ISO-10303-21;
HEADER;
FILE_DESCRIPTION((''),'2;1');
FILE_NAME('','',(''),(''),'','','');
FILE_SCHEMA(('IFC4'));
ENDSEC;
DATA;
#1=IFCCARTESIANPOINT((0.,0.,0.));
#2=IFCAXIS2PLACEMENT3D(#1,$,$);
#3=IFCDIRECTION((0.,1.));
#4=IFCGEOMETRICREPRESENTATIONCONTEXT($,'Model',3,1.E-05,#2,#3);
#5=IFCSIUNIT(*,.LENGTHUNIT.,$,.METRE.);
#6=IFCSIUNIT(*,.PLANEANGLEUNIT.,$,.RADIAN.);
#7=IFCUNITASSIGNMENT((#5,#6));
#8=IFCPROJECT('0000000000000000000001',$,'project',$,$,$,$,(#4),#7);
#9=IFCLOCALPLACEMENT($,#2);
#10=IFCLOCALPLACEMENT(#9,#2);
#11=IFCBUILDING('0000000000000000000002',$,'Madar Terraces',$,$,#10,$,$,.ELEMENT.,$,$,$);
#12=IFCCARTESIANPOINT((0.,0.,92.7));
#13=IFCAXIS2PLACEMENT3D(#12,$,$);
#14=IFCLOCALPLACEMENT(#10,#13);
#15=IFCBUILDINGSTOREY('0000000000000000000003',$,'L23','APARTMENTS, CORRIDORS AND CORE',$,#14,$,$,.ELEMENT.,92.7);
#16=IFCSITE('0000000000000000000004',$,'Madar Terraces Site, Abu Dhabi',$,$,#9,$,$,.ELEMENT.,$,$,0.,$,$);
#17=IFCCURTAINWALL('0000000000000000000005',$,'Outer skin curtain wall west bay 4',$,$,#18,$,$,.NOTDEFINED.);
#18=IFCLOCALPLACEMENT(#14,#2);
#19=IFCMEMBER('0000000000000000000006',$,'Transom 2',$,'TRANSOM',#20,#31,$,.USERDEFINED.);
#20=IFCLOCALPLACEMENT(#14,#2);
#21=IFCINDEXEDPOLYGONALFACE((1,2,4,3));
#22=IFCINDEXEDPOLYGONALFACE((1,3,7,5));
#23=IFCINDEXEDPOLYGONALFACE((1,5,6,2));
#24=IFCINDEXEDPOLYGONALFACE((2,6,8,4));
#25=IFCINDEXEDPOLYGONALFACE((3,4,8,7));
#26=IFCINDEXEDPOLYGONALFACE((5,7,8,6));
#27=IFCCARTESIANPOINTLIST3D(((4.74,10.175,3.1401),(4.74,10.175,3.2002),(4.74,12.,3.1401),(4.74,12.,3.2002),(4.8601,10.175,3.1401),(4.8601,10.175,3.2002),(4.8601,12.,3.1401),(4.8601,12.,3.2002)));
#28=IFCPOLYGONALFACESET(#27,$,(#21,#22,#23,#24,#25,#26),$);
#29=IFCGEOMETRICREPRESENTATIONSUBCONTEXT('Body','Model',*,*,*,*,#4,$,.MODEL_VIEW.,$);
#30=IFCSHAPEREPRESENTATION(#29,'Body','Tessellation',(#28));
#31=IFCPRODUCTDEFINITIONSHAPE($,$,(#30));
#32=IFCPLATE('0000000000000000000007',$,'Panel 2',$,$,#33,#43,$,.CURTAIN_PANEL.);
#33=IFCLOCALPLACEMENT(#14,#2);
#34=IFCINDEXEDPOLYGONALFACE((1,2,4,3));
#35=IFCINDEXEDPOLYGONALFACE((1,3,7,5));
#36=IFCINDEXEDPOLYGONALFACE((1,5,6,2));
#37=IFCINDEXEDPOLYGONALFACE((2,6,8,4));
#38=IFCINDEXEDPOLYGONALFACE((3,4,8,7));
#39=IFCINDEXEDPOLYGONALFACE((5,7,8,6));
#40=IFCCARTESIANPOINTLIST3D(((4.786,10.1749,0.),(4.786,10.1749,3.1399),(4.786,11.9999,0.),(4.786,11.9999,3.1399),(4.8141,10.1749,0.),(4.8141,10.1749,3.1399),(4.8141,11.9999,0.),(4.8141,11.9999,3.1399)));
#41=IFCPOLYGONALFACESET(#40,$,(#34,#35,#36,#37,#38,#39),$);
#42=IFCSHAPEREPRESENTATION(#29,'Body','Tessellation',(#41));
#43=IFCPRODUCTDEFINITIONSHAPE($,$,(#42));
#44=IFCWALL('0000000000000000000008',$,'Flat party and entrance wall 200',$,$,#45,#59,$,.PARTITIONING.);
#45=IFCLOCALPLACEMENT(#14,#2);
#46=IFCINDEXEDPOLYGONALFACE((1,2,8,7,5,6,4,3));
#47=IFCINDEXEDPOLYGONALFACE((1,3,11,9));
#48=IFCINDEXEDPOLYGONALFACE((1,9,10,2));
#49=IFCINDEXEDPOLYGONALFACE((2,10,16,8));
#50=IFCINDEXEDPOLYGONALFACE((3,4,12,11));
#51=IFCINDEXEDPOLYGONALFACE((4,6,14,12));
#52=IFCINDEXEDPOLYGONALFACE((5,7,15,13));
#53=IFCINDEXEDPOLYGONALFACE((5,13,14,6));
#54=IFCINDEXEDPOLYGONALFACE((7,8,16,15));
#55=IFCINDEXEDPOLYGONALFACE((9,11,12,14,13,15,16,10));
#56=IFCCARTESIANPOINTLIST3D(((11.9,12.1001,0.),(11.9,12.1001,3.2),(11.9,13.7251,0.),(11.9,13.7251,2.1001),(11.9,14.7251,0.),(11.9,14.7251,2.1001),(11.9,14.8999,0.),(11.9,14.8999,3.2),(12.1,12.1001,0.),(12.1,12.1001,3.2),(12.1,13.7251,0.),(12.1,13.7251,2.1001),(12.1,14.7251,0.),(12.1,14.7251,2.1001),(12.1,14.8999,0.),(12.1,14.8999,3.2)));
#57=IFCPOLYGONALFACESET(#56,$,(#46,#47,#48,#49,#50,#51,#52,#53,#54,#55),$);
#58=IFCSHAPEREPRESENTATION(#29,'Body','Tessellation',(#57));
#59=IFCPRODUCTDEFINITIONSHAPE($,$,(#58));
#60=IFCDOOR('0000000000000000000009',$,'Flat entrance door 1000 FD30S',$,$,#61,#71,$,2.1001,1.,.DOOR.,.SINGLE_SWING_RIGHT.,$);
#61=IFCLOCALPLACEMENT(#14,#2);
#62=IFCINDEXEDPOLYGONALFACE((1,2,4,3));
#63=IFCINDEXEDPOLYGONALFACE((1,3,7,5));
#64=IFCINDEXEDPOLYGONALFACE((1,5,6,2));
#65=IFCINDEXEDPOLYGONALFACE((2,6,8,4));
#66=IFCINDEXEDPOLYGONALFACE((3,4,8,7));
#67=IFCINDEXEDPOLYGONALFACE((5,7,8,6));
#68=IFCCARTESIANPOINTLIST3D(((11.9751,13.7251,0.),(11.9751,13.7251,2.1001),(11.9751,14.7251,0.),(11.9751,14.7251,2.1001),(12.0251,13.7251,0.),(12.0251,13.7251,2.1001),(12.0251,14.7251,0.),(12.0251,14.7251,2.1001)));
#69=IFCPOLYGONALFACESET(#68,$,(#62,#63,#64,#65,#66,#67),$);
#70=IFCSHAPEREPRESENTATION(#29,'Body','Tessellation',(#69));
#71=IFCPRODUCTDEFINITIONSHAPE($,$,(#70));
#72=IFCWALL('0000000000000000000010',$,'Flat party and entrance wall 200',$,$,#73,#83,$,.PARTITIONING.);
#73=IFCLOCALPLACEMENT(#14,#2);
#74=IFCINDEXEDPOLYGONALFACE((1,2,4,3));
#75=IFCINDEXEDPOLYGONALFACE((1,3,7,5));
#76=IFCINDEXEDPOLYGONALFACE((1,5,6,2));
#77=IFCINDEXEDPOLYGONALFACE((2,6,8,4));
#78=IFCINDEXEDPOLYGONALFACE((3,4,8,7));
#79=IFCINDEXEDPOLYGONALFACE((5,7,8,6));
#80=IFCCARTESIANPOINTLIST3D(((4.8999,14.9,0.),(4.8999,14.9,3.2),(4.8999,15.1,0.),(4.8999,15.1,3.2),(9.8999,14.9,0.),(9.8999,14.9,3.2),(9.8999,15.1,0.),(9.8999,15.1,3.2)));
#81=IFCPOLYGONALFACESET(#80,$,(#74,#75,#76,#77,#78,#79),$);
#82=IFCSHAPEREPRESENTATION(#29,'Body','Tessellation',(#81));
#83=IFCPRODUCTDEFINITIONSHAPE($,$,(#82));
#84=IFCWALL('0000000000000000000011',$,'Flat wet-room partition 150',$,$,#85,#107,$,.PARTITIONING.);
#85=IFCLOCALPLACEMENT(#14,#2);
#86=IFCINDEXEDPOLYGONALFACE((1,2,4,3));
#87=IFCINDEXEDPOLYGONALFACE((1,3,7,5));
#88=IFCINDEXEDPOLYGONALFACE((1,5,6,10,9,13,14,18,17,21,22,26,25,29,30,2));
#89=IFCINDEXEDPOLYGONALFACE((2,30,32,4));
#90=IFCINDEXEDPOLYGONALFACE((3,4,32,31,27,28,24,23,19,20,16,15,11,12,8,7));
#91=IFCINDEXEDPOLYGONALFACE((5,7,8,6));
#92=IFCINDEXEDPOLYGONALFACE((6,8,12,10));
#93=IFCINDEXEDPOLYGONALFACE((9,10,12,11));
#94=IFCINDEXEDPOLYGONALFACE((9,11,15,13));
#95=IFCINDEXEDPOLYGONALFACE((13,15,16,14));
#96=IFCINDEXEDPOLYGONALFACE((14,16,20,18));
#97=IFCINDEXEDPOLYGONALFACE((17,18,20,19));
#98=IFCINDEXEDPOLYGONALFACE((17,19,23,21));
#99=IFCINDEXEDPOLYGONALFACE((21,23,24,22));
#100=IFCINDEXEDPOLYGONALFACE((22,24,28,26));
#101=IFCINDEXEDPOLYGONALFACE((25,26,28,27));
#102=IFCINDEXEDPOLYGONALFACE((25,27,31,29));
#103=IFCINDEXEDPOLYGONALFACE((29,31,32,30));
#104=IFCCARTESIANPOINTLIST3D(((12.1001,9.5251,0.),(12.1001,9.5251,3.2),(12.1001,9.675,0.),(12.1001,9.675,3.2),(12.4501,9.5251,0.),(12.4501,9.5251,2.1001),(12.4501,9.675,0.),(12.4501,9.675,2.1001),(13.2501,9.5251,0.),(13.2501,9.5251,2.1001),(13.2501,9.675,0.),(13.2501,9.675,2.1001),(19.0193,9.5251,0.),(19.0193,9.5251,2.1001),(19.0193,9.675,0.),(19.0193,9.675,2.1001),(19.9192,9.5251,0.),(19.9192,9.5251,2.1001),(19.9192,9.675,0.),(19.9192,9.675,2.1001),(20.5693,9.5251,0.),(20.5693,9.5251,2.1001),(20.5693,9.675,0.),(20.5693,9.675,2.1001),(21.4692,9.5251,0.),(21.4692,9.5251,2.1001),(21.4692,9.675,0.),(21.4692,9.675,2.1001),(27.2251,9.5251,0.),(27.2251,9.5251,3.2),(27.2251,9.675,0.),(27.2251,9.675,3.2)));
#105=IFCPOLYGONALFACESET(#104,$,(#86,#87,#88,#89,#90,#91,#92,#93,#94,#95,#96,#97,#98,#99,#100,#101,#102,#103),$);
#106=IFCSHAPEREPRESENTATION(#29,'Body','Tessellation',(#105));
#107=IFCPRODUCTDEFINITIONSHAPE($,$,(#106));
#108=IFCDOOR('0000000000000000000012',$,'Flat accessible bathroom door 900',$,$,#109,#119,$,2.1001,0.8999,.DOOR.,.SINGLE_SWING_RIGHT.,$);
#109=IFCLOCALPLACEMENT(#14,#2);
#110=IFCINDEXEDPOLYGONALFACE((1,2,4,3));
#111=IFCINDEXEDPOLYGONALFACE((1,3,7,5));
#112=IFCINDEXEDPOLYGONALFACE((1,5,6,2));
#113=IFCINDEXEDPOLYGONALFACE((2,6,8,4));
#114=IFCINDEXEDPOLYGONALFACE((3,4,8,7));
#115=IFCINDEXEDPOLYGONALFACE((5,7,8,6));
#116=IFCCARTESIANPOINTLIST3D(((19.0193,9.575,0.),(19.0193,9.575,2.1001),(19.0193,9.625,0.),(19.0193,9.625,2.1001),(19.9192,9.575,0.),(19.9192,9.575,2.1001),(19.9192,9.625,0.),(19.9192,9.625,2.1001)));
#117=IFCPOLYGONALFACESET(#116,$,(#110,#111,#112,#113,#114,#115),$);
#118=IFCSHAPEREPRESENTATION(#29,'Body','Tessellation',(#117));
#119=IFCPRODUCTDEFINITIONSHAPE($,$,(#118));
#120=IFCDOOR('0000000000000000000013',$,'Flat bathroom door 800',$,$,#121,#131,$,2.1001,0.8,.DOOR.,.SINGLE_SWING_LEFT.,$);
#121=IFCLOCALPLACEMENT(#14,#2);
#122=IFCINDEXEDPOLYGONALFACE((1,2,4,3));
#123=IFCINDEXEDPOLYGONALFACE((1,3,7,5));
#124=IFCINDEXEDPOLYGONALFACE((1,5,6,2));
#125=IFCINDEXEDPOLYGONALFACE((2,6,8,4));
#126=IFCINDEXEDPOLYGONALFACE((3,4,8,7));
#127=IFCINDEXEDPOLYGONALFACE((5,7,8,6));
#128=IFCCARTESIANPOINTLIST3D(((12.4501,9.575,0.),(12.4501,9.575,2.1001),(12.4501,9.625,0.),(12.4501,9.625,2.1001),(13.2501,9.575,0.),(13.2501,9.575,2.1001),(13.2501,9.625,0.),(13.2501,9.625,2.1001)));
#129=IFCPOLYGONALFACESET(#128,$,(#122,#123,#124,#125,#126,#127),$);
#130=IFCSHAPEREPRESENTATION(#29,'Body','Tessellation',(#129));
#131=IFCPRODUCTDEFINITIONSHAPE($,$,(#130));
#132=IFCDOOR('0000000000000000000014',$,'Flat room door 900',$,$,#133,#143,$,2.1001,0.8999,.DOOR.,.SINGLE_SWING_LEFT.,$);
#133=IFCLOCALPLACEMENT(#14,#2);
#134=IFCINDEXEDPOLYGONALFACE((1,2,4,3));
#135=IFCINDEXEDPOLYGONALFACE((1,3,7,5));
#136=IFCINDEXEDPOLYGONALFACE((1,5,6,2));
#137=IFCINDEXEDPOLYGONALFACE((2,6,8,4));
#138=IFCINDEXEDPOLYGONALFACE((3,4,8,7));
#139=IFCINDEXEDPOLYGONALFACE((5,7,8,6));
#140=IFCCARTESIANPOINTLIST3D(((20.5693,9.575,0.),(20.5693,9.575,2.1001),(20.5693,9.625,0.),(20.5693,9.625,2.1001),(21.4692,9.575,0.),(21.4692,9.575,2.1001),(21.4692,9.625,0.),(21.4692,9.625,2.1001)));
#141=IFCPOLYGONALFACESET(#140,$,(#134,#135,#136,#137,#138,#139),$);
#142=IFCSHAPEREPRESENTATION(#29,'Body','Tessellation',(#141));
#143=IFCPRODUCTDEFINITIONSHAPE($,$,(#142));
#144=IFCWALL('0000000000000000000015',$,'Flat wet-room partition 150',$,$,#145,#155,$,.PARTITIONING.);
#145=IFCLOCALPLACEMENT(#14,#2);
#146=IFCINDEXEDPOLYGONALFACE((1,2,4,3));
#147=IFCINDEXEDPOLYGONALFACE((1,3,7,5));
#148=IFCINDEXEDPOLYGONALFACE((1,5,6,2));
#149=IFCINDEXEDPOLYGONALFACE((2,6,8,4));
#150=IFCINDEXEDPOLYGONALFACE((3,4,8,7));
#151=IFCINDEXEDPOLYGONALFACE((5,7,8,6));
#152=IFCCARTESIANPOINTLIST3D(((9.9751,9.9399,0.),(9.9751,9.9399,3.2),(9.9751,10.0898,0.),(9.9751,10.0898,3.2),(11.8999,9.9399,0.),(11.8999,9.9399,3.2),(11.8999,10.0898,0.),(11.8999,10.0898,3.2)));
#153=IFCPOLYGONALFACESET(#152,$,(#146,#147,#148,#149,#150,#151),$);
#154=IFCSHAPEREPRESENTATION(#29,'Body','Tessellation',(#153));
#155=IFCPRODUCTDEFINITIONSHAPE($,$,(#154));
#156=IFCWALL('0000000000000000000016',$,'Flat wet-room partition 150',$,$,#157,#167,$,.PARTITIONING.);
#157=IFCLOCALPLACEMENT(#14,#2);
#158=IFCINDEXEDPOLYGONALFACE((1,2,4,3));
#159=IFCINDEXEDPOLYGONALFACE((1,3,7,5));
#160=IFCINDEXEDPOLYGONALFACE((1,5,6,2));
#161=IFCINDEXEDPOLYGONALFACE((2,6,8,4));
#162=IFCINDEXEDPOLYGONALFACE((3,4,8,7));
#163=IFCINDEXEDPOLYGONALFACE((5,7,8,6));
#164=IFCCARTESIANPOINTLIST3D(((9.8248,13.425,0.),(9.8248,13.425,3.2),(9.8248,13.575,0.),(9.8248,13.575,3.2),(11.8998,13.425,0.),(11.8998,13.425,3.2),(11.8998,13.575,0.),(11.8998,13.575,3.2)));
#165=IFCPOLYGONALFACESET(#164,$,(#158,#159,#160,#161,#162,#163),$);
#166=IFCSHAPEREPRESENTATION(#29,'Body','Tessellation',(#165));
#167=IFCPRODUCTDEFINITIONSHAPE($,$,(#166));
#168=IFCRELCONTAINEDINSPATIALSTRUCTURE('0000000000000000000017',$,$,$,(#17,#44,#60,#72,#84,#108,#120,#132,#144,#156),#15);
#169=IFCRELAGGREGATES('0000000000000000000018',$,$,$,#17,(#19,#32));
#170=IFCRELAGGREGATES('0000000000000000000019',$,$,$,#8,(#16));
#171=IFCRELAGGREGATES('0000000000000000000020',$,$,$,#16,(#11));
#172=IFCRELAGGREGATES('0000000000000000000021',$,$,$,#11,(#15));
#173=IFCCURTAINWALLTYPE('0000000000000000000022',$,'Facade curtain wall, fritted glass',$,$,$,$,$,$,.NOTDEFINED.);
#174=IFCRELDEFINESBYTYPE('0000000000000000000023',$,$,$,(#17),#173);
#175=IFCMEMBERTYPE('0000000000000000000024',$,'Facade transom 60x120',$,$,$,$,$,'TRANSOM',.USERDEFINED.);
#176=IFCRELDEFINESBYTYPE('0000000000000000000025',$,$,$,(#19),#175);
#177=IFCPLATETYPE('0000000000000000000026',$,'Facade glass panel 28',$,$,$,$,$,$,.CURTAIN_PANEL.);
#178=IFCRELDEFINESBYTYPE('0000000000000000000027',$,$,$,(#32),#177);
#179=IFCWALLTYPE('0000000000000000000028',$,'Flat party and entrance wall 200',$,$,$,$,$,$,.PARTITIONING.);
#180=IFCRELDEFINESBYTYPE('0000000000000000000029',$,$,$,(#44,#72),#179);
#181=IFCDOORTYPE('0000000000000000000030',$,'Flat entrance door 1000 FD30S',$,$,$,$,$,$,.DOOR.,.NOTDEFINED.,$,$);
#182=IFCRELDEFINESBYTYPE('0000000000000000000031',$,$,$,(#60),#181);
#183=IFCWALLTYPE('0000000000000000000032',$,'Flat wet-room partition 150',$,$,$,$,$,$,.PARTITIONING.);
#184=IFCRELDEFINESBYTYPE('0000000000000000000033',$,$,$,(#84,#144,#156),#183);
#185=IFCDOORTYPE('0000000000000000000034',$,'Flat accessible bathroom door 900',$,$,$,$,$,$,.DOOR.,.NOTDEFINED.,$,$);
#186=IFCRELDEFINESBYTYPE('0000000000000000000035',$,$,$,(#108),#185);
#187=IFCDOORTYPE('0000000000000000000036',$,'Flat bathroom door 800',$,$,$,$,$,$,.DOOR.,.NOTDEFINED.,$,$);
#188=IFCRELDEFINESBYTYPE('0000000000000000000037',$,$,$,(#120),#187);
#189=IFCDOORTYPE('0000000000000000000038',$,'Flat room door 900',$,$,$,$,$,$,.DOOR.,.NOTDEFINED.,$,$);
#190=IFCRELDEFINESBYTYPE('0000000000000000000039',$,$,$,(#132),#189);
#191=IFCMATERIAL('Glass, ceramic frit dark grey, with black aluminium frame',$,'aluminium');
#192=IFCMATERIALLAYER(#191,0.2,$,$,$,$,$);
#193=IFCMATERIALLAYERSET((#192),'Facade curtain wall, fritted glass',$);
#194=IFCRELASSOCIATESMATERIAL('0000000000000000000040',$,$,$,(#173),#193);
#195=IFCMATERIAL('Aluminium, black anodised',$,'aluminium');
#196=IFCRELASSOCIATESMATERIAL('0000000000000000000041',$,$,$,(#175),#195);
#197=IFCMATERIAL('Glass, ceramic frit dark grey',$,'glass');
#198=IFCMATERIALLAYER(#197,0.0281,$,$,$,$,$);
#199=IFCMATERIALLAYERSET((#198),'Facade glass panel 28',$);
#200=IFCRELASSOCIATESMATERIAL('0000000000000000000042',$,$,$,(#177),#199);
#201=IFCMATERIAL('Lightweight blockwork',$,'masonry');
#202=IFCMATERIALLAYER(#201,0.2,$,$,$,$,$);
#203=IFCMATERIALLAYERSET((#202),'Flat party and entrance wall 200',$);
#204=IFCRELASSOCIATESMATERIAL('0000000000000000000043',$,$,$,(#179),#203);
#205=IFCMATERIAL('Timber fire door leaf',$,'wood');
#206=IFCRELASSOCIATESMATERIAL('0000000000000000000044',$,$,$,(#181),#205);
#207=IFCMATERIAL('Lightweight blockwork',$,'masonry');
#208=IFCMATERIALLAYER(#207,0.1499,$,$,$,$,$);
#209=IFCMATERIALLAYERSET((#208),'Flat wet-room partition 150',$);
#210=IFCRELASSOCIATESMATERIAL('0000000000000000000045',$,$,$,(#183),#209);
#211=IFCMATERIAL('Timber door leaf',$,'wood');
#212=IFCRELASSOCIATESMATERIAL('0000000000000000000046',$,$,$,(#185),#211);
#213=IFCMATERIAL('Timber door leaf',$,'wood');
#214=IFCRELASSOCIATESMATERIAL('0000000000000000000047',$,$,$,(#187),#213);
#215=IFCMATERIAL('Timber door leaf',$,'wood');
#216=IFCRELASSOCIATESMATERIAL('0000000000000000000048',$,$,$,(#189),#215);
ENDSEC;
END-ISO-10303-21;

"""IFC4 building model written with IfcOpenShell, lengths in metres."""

from ifc_helpers import new_model, si_unit, direction, frame, frame_2d, origin, origin_2d, place, context, subcontext, project, spatial, rectangle, extrude, material, layer, layer_set, material_profile, profile_set, type_object, element, fill, aggregate, save


model = new_model("IFC4")

# Units and contexts
model_context = context("Model", 3, precision=1e-05, world=origin(), true_north=direction((0.0, 1.0)))
body_context = subcontext(model_context, "Body", "Model", "MODEL_VIEW")
ifc_project = project(units=[si_unit("LENGTHUNIT", "METRE"), si_unit("PLANEANGLEUNIT", "RADIAN")], contexts=[model_context])

# Site, building, storey
site_placement = place(None, origin())
site = spatial("IfcSite", under=ifc_project, at=site_placement, Name="Madar Terraces Site, Abu Dhabi", CompositionType="ELEMENT", RefElevation=0.0)
building_placement = place(site_placement, origin())
building = spatial("IfcBuilding", under=site, at=building_placement, Name="Madar Terraces", CompositionType="ELEMENT")
storey_placement = place(building_placement, frame((0.0, 0.0, 92.7)))
storey = spatial("IfcBuildingStorey", under=building, at=storey_placement, Name="L23", Description="APARTMENTS, CORRIDORS AND CORE", CompositionType="ELEMENT", Elevation=92.7)

# Curtain wall, member, plate
ifc_material_1 = material(Name="Glass, ceramic frit dark grey, with black aluminium frame", Category="aluminium")
ifc_layer_1 = layer(ifc_material_1, 0.2)
ifc_layer_set_1 = layer_set([ifc_layer_1], Name="Facade curtain wall, fritted glass")
curtain_wall_type = type_object("IfcCurtainWallType", Name="Facade curtain wall, fritted glass", PredefinedType="NOTDEFINED", material=ifc_layer_set_1)
curtain_wall_placement = place(storey_placement, origin())
curtain_wall = element("IfcCurtainWall", 1, at=curtain_wall_placement, inside=storey, type_object=curtain_wall_type, Name="Outer skin curtain wall west bay 4", PredefinedType="NOTDEFINED")
ifc_material_2 = material(Name="Aluminium, black anodised", Category="aluminium")
ifc_material_profile = material_profile(ifc_material_2, rectangle(XDim=0.1201, YDim=0.0601, at=origin_2d()), Name="Facade transom 60x120")
ifc_profile_set = profile_set([ifc_material_profile], Name="Aluminium, black anodised")
member_type = type_object("IfcMemberType", Name="Facade transom 60x120", ElementType="TRANSOM", PredefinedType="USERDEFINED", material=ifc_profile_set)
member_placement = place(storey_placement, frame((4.8, 12.0, 3.1702), z_axis=(0.0, -1.0, 0.0), x_axis=(1.0, 0.0, 0.0)))
member = element("IfcMember", 2, at=member_placement, type_object=member_type, Name="Transom 2", ObjectType="TRANSOM", PredefinedType="USERDEFINED", context=body_context, shape_type="SweptSolid", body=[
    extrude(rectangle(XDim=0.1201, YDim=0.0601, at=origin_2d()), origin(), (0.0, 0.0, 1.0), 1.825),
])
ifc_material_3 = material(Name="Glass, ceramic frit dark grey", Category="glass")
ifc_layer_2 = layer(ifc_material_3, 0.0281)
ifc_layer_set_2 = layer_set([ifc_layer_2], Name="Facade glass panel 28")
plate_type = type_object("IfcPlateType", Name="Facade glass panel 28", PredefinedType="CURTAIN_PANEL", material=ifc_layer_set_2)
plate_placement = place(storey_placement, frame((4.8, 11.0874, 0.0), z_axis=(0.0, 0.0, 1.0), x_axis=(0.0, -1.0, 0.0)))
plate = element("IfcPlate", 3, at=plate_placement, type_object=plate_type, Name="Panel 2", PredefinedType="CURTAIN_PANEL", context=body_context, shape_type="SweptSolid", body=[
    extrude(rectangle(XDim=1.825, YDim=0.0281, at=origin_2d()), origin(), (0.0, 0.0, 1.0), 3.1399),
])
aggregate(curtain_wall, [member, plate])

# Wall, opening, door
ifc_material_4 = material(Name="Lightweight blockwork", Category="masonry")
ifc_layer_3 = layer(ifc_material_4, 0.2)
ifc_layer_set_3 = layer_set([ifc_layer_3], Name="Flat party and entrance wall 200")
wall_type_1 = type_object("IfcWallType", Name="Flat party and entrance wall 200", PredefinedType="PARTITIONING", material=ifc_layer_set_3)
wall_1_placement = place(storey_placement, frame((12.0, 12.1001, 0.0), z_axis=(0.0, 0.0, 1.0), x_axis=(0.0, 1.0, 0.0)))
wall_1 = element("IfcWall", 4, at=wall_1_placement, inside=storey, type_object=wall_type_1, Name="Flat party and entrance wall 200", PredefinedType="PARTITIONING", context=body_context, shape_type="SweptSolid", body=[
    extrude(rectangle(XDim=2.7998, YDim=0.2, at=frame_2d((1.3999, 0.0))), origin(), (0.0, 0.0, 1.0), 3.2),
])
opening_1_placement = place(wall_1_placement, frame((1.625, 0.0, 0.0)))
opening_1 = element("IfcOpeningElement", 5, at=opening_1_placement, cuts=wall_1, PredefinedType="OPENING", context=body_context, shape_type="SweptSolid", body=[
    extrude(rectangle(XDim=1.0, YDim=2.1001, at=frame_2d((0.5, 1.05))), frame((0.0, 0.1099, 0.0), z_axis=(0.0, -1.0, 0.0), x_axis=(1.0, 0.0, 0.0)), (0.0, 0.0, 1.0), 0.22),
])
ifc_material_5 = material(Name="Timber fire door leaf", Category="wood")
door_type_1 = type_object("IfcDoorType", Name="Flat entrance door 1000 FD30S", OperationType="NOTDEFINED", PredefinedType="DOOR", material=ifc_material_5)
door_1_placement = place(opening_1_placement, origin())
door_1 = element("IfcDoor", 6, at=door_1_placement, inside=storey, type_object=door_type_1, Name="Flat entrance door 1000 FD30S", OperationType="SINGLE_SWING_RIGHT", OverallHeight=2.1001, OverallWidth=1.0, PredefinedType="DOOR", context=body_context, shape_type="SweptSolid", body=[
    extrude(rectangle(XDim=1.0, YDim=2.1001, at=frame_2d((0.5, 1.05))), frame((0.0, 0.0249, 0.0), z_axis=(0.0, -1.0, 0.0), x_axis=(1.0, 0.0, 0.0)), (0.0, 0.0, 1.0), 0.05),
])
fill(opening_1, door_1)

# Wall
wall_2_placement = place(storey_placement, frame((4.8999, 15.0, 0.0), z_axis=(0.0, 0.0, 1.0), x_axis=(1.0, 0.0, 0.0)))
element("IfcWall", 7, at=wall_2_placement, inside=storey, type_object=wall_type_1, Name="Flat party and entrance wall 200", PredefinedType="PARTITIONING", context=body_context, shape_type="SweptSolid", body=[
    extrude(rectangle(XDim=5.0, YDim=0.2, at=frame_2d((2.5, 0.0))), origin(), (0.0, 0.0, 1.0), 3.2),
])

# Wall, openings, doors
ifc_material_6 = material(Name="Lightweight blockwork", Category="masonry")
ifc_layer_4 = layer(ifc_material_6, 0.1499)
ifc_layer_set_4 = layer_set([ifc_layer_4], Name="Flat wet-room partition 150")
wall_type_2 = type_object("IfcWallType", Name="Flat wet-room partition 150", PredefinedType="PARTITIONING", material=ifc_layer_set_4)
wall_3_placement = place(storey_placement, frame((12.1001, 9.6001, 0.0), z_axis=(0.0, 0.0, 1.0), x_axis=(1.0, 0.0, 0.0)))
wall_3 = element("IfcWall", 8, at=wall_3_placement, inside=storey, type_object=wall_type_2, Name="Flat wet-room partition 150", PredefinedType="PARTITIONING", context=body_context, shape_type="SweptSolid", body=[
    extrude(rectangle(XDim=15.125, YDim=0.1499, at=frame_2d((7.5625, 0.0))), origin(), (0.0, 0.0, 1.0), 3.2),
])
opening_2_placement = place(wall_3_placement, frame((8.4692, 0.0, 0.0)))
opening_2 = element("IfcOpeningElement", 9, at=opening_2_placement, cuts=wall_3, PredefinedType="OPENING", context=body_context, shape_type="SweptSolid", body=[
    extrude(rectangle(XDim=0.8999, YDim=2.1001, at=frame_2d((0.45, 1.05))), frame((0.0, 0.085, 0.0), z_axis=(0.0, -1.0, 0.0), x_axis=(1.0, 0.0, 0.0)), (0.0, 0.0, 1.0), 0.1699),
])
opening_3_placement = place(wall_3_placement, frame((6.9192, 0.0, 0.0)))
opening_3 = element("IfcOpeningElement", 10, at=opening_3_placement, cuts=wall_3, PredefinedType="OPENING", context=body_context, shape_type="SweptSolid", body=[
    extrude(rectangle(XDim=0.8999, YDim=2.1001, at=frame_2d((0.45, 1.05))), frame((0.0, 0.085, 0.0), z_axis=(0.0, -1.0, 0.0), x_axis=(1.0, 0.0, 0.0)), (0.0, 0.0, 1.0), 0.1699),
])
opening_4_placement = place(wall_3_placement, frame((0.3501, 0.0, 0.0)))
opening_4 = element("IfcOpeningElement", 11, at=opening_4_placement, cuts=wall_3, PredefinedType="OPENING", context=body_context, shape_type="SweptSolid", body=[
    extrude(rectangle(XDim=0.8, YDim=2.1001, at=frame_2d((0.3999, 1.05))), frame((0.0, 0.085, 0.0), z_axis=(0.0, -1.0, 0.0), x_axis=(1.0, 0.0, 0.0)), (0.0, 0.0, 1.0), 0.1699),
])
ifc_material_7 = material(Name="Timber door leaf", Category="wood")
door_type_2 = type_object("IfcDoorType", Name="Flat accessible bathroom door 900", OperationType="NOTDEFINED", PredefinedType="DOOR", material=ifc_material_7)
door_2_placement = place(opening_3_placement, origin())
door_2 = element("IfcDoor", 12, at=door_2_placement, inside=storey, type_object=door_type_2, Name="Flat accessible bathroom door 900", OperationType="SINGLE_SWING_RIGHT", OverallHeight=2.1001, OverallWidth=0.8999, PredefinedType="DOOR", context=body_context, shape_type="SweptSolid", body=[
    extrude(rectangle(XDim=0.8999, YDim=2.1001, at=frame_2d((0.45, 1.05))), frame((0.0, 0.0249, 0.0), z_axis=(0.0, -1.0, 0.0), x_axis=(1.0, 0.0, 0.0)), (0.0, 0.0, 1.0), 0.05),
])
fill(opening_3, door_2)
ifc_material_8 = material(Name="Timber door leaf", Category="wood")
door_type_3 = type_object("IfcDoorType", Name="Flat bathroom door 800", OperationType="NOTDEFINED", PredefinedType="DOOR", material=ifc_material_8)
door_3_placement = place(opening_4_placement, origin())
door_3 = element("IfcDoor", 13, at=door_3_placement, inside=storey, type_object=door_type_3, Name="Flat bathroom door 800", OperationType="SINGLE_SWING_LEFT", OverallHeight=2.1001, OverallWidth=0.8, PredefinedType="DOOR", context=body_context, shape_type="SweptSolid", body=[
    extrude(rectangle(XDim=0.8, YDim=2.1001, at=frame_2d((0.3999, 1.05))), frame((0.0, 0.0249, 0.0), z_axis=(0.0, -1.0, 0.0), x_axis=(1.0, 0.0, 0.0)), (0.0, 0.0, 1.0), 0.05),
])
fill(opening_4, door_3)
ifc_material_9 = material(Name="Timber door leaf", Category="wood")
door_type_4 = type_object("IfcDoorType", Name="Flat room door 900", OperationType="NOTDEFINED", PredefinedType="DOOR", material=ifc_material_9)
door_4_placement = place(opening_2_placement, origin())
door_4 = element("IfcDoor", 14, at=door_4_placement, inside=storey, type_object=door_type_4, Name="Flat room door 900", OperationType="SINGLE_SWING_LEFT", OverallHeight=2.1001, OverallWidth=0.8999, PredefinedType="DOOR", context=body_context, shape_type="SweptSolid", body=[
    extrude(rectangle(XDim=0.8999, YDim=2.1001, at=frame_2d((0.45, 1.05))), frame((0.0, 0.0249, 0.0), z_axis=(0.0, -1.0, 0.0), x_axis=(1.0, 0.0, 0.0)), (0.0, 0.0, 1.0), 0.05),
])
fill(opening_2, door_4)

# Walls
wall_4_placement = place(storey_placement, frame((11.8999, 10.0149, 0.0), z_axis=(0.0, 0.0, 1.0), x_axis=(-1.0, 0.0, 0.0)))
element("IfcWall", 15, at=wall_4_placement, inside=storey, type_object=wall_type_2, Name="Flat wet-room partition 150", PredefinedType="PARTITIONING", context=body_context, shape_type="SweptSolid", body=[
    extrude(rectangle(XDim=1.9248, YDim=0.1499, at=frame_2d((0.9624, 0.0))), origin(), (0.0, 0.0, 1.0), 3.2),
])
wall_5_placement = place(storey_placement, frame((11.8999, 13.5, 0.0), z_axis=(0.0, 0.0, 1.0), x_axis=(-1.0, 0.0, 0.0)))
element("IfcWall", 16, at=wall_5_placement, inside=storey, type_object=wall_type_2, Name="Flat wet-room partition 150", PredefinedType="PARTITIONING", context=body_context, shape_type="SweptSolid", body=[
    extrude(rectangle(XDim=2.075, YDim=0.1499, at=frame_2d((1.0376, 0.0))), origin(), (0.0, 0.0, 1.0), 3.2),
])

save(model, "model.ifc")
